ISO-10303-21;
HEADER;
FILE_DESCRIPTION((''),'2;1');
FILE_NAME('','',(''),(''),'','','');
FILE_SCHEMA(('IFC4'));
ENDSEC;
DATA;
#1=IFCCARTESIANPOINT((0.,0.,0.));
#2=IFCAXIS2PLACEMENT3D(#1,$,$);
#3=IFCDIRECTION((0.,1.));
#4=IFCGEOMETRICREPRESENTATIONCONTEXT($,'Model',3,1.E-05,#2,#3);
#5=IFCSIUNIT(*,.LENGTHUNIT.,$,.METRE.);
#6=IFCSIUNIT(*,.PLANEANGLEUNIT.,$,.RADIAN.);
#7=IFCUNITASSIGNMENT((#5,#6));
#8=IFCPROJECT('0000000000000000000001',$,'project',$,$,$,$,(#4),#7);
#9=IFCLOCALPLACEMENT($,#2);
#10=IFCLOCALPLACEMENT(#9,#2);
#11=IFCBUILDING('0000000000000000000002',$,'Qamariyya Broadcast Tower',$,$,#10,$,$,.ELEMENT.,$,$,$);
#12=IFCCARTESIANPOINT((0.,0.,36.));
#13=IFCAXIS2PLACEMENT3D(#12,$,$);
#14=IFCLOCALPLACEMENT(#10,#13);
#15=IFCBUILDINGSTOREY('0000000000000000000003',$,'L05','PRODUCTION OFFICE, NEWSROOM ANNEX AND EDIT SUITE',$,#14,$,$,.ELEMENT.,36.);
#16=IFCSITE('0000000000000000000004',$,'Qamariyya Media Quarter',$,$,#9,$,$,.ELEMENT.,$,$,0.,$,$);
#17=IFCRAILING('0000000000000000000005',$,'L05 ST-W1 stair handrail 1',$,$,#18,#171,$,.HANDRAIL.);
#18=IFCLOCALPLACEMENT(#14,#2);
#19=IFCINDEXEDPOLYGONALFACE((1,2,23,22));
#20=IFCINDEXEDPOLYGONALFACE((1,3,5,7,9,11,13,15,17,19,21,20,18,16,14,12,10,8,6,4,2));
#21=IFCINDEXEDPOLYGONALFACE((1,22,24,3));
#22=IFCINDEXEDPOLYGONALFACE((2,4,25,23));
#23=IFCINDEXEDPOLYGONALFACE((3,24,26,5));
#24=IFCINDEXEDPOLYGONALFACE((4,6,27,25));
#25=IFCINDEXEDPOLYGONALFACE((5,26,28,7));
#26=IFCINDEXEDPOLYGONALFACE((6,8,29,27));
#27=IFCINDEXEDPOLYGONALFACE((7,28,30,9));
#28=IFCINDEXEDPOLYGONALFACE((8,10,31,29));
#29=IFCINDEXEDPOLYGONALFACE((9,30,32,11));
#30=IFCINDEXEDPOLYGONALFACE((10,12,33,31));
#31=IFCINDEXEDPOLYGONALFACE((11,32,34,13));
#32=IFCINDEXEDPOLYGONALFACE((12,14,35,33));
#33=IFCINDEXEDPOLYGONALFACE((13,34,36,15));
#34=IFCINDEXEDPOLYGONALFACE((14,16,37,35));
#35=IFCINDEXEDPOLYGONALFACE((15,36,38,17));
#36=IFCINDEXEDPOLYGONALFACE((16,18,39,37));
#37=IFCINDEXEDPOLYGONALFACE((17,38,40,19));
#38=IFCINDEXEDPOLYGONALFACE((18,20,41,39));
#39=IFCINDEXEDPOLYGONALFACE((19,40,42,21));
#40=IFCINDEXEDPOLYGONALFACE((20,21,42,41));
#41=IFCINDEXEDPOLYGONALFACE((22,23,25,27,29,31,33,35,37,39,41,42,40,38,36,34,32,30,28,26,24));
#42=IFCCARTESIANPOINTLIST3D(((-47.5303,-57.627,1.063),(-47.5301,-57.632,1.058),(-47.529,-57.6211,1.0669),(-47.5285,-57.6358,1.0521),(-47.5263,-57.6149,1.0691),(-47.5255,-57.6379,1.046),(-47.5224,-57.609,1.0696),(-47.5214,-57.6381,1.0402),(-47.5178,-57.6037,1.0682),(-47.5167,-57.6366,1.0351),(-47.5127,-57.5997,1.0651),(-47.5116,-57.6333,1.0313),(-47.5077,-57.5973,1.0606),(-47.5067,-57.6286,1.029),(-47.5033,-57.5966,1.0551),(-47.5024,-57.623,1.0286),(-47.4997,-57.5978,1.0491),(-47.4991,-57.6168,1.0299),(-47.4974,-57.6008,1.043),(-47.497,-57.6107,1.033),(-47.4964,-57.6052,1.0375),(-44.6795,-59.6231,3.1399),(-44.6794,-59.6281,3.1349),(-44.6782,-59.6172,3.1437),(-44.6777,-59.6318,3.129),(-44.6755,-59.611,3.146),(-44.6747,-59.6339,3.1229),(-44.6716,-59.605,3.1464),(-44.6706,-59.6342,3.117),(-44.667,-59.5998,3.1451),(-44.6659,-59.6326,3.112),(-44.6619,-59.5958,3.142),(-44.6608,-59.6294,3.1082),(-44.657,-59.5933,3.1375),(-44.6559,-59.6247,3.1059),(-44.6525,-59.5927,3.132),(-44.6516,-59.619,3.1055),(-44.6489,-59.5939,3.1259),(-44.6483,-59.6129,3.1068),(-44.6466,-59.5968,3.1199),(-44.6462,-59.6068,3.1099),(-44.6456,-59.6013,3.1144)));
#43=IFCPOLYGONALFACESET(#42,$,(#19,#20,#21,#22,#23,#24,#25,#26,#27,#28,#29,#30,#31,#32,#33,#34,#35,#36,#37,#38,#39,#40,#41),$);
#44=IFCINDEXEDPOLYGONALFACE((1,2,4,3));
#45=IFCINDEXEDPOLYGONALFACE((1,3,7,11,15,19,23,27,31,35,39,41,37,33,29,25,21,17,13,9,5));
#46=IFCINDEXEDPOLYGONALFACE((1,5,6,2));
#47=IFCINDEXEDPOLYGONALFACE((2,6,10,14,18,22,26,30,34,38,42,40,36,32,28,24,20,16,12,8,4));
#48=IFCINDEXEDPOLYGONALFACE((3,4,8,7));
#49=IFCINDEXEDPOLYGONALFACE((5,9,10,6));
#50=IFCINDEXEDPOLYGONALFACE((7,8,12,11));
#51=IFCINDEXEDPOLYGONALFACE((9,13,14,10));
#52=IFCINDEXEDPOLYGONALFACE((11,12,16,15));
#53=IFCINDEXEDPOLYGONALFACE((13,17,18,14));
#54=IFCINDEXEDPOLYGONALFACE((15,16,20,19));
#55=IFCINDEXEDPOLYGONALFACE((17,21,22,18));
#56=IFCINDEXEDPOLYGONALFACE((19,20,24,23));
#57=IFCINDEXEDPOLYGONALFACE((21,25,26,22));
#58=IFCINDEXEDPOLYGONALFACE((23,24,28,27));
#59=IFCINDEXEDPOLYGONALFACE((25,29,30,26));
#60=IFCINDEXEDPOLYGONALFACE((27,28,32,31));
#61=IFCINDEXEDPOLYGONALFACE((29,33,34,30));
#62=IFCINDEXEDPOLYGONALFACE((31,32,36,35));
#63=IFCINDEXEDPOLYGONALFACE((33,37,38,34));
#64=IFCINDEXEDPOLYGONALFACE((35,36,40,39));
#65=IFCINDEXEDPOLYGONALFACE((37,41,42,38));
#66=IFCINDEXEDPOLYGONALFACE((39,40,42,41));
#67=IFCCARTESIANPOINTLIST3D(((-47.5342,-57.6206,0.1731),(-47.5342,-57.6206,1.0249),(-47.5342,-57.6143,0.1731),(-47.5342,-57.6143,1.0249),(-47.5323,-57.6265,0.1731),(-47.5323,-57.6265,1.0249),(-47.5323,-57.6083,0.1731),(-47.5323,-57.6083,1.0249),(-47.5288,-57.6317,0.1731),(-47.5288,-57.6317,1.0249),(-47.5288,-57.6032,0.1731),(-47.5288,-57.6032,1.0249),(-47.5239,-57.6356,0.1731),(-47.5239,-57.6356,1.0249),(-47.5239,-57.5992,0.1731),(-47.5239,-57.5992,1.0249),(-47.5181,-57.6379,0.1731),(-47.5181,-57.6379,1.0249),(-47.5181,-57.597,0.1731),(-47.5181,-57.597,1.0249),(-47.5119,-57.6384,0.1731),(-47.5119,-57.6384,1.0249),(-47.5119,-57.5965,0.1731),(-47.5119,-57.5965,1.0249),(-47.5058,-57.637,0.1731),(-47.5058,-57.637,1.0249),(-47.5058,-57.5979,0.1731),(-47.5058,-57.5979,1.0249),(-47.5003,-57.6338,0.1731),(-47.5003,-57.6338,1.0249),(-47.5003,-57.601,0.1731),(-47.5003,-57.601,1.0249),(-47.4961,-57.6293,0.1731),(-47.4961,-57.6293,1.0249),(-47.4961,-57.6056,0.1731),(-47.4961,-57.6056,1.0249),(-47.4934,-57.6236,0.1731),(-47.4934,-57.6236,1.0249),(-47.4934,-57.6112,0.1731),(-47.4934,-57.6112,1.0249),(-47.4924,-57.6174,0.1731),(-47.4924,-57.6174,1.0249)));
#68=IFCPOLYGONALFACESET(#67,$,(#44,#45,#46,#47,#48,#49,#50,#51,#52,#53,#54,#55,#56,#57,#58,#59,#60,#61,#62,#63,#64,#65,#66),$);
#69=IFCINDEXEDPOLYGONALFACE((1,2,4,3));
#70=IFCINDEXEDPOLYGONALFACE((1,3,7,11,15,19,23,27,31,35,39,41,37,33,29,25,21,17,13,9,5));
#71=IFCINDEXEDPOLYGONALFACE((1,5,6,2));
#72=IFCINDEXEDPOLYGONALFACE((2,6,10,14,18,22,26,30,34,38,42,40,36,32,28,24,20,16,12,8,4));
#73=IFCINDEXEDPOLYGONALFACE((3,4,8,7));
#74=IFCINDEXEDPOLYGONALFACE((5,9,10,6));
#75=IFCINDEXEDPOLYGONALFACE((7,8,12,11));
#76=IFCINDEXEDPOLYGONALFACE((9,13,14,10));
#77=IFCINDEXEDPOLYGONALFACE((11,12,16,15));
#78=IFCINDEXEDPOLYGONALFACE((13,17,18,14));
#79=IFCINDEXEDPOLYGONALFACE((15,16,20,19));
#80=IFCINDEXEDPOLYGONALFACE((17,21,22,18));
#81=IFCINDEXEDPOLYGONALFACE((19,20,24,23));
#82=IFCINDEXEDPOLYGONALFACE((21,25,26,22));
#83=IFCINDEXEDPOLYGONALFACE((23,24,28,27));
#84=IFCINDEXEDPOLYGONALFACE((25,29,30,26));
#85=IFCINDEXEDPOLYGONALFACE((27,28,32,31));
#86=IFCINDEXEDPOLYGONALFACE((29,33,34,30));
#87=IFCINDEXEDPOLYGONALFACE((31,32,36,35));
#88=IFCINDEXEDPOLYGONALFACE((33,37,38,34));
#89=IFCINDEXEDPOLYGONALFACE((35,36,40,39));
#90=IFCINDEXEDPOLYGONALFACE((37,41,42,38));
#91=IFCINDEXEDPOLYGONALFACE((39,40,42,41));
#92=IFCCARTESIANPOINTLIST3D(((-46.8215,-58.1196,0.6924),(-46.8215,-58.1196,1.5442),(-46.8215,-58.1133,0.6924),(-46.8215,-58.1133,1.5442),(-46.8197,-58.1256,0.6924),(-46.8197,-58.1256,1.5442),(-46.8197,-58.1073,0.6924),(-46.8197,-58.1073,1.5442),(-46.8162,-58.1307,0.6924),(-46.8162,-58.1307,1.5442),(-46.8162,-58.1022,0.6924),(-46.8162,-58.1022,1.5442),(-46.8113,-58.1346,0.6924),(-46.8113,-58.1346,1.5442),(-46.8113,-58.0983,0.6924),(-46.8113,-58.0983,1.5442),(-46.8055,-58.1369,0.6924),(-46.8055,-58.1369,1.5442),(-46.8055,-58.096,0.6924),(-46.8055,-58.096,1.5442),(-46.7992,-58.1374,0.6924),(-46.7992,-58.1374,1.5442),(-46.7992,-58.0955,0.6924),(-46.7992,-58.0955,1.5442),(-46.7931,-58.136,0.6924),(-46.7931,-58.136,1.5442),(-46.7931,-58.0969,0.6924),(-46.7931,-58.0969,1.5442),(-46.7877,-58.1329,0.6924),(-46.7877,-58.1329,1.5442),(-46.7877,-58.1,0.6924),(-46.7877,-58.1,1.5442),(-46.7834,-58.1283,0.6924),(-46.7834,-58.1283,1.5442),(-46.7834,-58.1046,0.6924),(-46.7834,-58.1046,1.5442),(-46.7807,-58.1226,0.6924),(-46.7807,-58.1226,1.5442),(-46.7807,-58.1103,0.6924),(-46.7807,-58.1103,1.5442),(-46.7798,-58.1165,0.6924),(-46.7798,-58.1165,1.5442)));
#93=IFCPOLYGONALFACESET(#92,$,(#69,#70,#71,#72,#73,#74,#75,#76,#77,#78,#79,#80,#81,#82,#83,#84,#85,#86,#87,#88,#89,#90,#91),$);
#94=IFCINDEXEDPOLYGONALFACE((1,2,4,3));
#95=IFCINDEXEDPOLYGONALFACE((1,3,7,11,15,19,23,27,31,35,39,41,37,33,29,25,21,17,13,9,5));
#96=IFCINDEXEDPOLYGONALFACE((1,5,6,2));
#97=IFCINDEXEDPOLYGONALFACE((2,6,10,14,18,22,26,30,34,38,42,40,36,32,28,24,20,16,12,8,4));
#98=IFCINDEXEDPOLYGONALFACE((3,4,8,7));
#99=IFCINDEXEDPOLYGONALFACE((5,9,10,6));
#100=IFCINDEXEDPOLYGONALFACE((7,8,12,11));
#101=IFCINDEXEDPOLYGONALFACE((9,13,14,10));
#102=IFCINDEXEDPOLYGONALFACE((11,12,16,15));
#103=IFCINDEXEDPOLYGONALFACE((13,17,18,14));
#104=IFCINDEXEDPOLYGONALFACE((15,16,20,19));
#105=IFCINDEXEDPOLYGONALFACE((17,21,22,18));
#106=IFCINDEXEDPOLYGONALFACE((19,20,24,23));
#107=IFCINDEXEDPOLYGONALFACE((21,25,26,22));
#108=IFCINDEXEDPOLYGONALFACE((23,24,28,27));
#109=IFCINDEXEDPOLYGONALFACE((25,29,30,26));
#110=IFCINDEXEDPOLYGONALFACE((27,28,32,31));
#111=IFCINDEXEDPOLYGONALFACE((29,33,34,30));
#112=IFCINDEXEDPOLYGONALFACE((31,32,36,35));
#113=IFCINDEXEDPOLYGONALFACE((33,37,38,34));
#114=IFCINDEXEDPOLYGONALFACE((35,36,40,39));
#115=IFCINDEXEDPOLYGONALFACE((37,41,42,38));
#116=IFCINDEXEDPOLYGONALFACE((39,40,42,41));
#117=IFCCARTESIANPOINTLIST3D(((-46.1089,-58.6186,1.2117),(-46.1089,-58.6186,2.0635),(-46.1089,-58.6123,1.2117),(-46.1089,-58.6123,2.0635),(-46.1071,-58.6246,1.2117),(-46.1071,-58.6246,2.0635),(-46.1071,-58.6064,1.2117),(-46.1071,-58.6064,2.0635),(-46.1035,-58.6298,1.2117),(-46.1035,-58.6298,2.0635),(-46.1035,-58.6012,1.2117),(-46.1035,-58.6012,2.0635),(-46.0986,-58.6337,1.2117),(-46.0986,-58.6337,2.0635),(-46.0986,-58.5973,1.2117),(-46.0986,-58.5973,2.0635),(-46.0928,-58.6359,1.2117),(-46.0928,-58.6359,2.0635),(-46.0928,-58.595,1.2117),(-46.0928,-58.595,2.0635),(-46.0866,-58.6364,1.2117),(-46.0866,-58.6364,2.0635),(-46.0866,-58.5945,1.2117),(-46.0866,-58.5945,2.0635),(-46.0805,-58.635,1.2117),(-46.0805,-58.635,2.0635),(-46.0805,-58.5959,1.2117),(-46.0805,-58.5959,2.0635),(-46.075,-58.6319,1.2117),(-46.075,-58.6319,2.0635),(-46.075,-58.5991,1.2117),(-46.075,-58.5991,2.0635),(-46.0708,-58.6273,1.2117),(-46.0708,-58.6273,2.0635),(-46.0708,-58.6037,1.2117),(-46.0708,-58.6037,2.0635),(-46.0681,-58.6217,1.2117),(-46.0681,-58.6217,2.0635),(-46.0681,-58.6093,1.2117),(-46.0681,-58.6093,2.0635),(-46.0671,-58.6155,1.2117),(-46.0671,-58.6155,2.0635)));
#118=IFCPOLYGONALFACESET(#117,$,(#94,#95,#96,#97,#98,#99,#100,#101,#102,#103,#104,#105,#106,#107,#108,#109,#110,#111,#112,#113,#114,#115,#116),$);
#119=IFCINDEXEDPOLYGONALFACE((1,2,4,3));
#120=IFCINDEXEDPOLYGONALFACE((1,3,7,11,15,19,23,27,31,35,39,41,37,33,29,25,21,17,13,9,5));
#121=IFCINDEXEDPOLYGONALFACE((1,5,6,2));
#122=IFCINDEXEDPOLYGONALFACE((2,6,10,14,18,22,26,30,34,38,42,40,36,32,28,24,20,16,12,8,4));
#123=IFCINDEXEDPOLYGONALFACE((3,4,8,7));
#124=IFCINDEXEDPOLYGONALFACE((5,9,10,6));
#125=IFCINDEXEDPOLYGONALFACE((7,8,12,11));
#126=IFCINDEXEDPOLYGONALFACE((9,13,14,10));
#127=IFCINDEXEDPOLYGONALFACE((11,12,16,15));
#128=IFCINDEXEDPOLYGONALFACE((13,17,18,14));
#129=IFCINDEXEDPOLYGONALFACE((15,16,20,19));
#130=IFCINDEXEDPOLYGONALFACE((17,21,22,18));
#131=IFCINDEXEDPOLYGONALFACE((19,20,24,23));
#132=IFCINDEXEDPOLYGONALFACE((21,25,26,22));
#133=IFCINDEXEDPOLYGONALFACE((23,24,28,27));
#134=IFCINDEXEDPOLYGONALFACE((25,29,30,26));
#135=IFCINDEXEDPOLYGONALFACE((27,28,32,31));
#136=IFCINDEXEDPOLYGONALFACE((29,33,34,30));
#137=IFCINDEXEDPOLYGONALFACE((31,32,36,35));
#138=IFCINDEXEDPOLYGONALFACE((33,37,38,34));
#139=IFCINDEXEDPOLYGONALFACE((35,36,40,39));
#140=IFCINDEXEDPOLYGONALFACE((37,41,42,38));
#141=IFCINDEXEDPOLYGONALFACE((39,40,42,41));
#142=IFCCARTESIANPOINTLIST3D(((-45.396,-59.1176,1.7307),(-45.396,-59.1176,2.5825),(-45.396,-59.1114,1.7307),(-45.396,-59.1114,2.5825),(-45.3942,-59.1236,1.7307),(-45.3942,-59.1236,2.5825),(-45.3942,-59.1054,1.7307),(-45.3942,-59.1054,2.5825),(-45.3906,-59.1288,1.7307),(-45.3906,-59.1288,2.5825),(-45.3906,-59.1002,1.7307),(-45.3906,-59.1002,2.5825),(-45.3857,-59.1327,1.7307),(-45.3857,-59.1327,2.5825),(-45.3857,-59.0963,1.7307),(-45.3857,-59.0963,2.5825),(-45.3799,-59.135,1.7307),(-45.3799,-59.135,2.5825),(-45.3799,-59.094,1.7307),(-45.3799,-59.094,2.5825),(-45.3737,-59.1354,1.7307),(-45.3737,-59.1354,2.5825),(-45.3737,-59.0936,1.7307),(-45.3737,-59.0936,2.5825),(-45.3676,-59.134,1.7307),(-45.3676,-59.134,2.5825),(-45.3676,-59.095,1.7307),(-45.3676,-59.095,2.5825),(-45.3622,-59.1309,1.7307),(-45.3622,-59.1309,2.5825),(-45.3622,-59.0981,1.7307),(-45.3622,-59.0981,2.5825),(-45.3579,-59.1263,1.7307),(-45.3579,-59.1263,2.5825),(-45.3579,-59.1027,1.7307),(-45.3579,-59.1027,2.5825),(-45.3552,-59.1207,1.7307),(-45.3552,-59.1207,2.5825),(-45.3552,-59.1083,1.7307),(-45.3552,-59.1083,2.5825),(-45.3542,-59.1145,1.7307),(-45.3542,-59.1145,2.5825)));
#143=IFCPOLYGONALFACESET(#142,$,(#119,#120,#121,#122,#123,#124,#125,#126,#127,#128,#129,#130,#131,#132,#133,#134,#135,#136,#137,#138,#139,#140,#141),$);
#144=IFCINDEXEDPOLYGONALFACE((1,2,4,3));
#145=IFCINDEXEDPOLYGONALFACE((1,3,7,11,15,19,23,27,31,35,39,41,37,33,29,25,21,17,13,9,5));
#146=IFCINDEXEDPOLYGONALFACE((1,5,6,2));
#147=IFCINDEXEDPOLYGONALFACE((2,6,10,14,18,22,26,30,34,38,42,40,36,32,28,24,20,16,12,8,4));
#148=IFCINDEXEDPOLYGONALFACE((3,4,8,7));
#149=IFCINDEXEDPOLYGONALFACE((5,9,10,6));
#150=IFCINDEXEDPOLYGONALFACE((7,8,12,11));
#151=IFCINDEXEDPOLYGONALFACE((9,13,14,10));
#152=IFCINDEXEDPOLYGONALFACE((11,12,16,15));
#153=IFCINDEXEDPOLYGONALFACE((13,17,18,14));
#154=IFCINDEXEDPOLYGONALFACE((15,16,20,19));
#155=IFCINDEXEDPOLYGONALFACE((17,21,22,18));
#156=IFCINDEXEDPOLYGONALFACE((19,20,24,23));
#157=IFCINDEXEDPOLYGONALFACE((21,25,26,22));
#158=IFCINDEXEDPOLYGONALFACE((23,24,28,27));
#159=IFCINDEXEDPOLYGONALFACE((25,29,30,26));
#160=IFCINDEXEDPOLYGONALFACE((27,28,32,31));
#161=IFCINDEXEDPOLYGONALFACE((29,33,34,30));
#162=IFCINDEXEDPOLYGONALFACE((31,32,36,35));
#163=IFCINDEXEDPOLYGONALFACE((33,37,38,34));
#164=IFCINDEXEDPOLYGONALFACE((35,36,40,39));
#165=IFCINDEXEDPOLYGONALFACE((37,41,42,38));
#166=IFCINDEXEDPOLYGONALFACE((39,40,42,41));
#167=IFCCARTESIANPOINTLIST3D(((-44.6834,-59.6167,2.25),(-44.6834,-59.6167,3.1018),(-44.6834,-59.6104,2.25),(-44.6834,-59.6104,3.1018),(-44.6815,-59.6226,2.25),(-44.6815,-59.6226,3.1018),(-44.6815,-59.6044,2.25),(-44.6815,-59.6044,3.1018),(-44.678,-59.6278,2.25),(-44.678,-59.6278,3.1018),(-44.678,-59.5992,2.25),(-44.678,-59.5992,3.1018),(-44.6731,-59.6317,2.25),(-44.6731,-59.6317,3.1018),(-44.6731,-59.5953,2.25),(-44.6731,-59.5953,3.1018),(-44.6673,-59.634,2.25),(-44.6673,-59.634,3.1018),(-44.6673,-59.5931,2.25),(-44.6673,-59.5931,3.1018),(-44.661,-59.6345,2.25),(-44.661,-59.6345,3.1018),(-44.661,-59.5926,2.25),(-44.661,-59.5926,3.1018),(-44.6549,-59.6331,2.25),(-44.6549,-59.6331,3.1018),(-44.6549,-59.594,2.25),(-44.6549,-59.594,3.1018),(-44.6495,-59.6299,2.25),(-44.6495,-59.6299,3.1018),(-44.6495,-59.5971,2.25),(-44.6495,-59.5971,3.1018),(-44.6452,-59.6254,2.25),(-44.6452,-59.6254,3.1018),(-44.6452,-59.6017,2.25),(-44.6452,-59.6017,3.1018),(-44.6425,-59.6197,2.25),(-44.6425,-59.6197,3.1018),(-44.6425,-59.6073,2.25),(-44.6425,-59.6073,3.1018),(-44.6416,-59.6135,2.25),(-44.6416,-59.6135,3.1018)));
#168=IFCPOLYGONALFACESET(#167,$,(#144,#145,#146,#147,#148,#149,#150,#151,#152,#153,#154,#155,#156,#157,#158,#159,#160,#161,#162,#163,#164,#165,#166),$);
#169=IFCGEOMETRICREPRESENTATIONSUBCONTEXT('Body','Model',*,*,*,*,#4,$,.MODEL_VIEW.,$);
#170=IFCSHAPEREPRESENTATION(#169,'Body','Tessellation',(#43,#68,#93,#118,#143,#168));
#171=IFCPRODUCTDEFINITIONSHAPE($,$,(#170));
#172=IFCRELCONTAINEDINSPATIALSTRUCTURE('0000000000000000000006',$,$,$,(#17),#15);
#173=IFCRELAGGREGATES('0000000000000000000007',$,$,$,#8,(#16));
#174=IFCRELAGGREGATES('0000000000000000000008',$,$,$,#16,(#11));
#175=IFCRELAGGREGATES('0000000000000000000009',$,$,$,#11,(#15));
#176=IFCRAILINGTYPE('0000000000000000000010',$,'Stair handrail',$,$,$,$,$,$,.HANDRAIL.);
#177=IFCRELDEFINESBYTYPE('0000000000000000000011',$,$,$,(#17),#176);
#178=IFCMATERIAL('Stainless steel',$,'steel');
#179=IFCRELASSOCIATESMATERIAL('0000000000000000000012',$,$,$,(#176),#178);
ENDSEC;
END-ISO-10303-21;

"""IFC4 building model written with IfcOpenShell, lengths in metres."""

from ifc_helpers import new_model, si_unit, direction, frame, origin, origin_2d, place, context, subcontext, project, spatial, circle, extrude, material, type_object, element, save


model = new_model("IFC4")

# Units and contexts
model_context = context("Model", 3, precision=1e-05, world=origin(), true_north=direction((0.0, 1.0)))
body_context = subcontext(model_context, "Body", "Model", "MODEL_VIEW")
ifc_project = project(units=[si_unit("LENGTHUNIT", "METRE"), si_unit("PLANEANGLEUNIT", "RADIAN")], contexts=[model_context])

# Site, building, storey
site_placement = place(None, origin())
site = spatial("IfcSite", under=ifc_project, at=site_placement, Name="Qamariyya Media Quarter", CompositionType="ELEMENT", RefElevation=0.0)
building_placement = place(site_placement, origin())
building = spatial("IfcBuilding", under=site, at=building_placement, Name="Qamariyya Broadcast Tower", CompositionType="ELEMENT")
storey_placement = place(building_placement, frame((0.0, 0.0, 36.0)))
storey = spatial("IfcBuildingStorey", under=building, at=storey_placement, Name="L05", Description="PRODUCTION OFFICE, NEWSROOM ANNEX AND EDIT SUITE", CompositionType="ELEMENT", Elevation=36.0)

# Railing
ifc_material_1 = material(Name="Stainless steel", Category="steel")
railing_type_1 = type_object("IfcRailingType", Name="Stair handrail", PredefinedType="HANDRAIL", material=ifc_material_1)
railing_1_placement = place(storey_placement, frame((-47.5134, -57.6174, 0.1731)))
element("IfcRailing", 1, at=railing_1_placement, inside=storey, type_object=railing_type_1, Name="L05 ST-W1 stair handrail 1", PredefinedType="HANDRAIL", context=body_context, shape_type="SweptSolid", body=[
    extrude(circle(Radius=0.0239, at=origin_2d()), frame((0.0, 0.0, 0.876), z_axis=(0.703423, -0.492523, 0.512462), x_axis=(0.573561, 0.819163, 0.0)), (0.0, 0.0, 1.0), 4.0527),
    extrude(circle(Radius=0.021, at=origin_2d()), origin(), (0.0, 0.0, 1.0), 0.8518),
    extrude(circle(Radius=0.021, at=origin_2d()), frame((0.7126, -0.499, 0.5193)), (0.0, 0.0, 1.0), 0.8518),
    extrude(circle(Radius=0.021, at=origin_2d()), frame((1.4253, -0.998, 1.0386)), (0.0, 0.0, 1.0), 0.8518),
    extrude(circle(Radius=0.021, at=origin_2d()), frame((2.1382, -1.4971, 1.5576)), (0.0, 0.0, 1.0), 0.8518),
    extrude(circle(Radius=0.021, at=origin_2d()), frame((2.8508, -1.9961, 2.0769)), (0.0, 0.0, 1.0), 0.8518),
])

save(model, "model.ifc")
